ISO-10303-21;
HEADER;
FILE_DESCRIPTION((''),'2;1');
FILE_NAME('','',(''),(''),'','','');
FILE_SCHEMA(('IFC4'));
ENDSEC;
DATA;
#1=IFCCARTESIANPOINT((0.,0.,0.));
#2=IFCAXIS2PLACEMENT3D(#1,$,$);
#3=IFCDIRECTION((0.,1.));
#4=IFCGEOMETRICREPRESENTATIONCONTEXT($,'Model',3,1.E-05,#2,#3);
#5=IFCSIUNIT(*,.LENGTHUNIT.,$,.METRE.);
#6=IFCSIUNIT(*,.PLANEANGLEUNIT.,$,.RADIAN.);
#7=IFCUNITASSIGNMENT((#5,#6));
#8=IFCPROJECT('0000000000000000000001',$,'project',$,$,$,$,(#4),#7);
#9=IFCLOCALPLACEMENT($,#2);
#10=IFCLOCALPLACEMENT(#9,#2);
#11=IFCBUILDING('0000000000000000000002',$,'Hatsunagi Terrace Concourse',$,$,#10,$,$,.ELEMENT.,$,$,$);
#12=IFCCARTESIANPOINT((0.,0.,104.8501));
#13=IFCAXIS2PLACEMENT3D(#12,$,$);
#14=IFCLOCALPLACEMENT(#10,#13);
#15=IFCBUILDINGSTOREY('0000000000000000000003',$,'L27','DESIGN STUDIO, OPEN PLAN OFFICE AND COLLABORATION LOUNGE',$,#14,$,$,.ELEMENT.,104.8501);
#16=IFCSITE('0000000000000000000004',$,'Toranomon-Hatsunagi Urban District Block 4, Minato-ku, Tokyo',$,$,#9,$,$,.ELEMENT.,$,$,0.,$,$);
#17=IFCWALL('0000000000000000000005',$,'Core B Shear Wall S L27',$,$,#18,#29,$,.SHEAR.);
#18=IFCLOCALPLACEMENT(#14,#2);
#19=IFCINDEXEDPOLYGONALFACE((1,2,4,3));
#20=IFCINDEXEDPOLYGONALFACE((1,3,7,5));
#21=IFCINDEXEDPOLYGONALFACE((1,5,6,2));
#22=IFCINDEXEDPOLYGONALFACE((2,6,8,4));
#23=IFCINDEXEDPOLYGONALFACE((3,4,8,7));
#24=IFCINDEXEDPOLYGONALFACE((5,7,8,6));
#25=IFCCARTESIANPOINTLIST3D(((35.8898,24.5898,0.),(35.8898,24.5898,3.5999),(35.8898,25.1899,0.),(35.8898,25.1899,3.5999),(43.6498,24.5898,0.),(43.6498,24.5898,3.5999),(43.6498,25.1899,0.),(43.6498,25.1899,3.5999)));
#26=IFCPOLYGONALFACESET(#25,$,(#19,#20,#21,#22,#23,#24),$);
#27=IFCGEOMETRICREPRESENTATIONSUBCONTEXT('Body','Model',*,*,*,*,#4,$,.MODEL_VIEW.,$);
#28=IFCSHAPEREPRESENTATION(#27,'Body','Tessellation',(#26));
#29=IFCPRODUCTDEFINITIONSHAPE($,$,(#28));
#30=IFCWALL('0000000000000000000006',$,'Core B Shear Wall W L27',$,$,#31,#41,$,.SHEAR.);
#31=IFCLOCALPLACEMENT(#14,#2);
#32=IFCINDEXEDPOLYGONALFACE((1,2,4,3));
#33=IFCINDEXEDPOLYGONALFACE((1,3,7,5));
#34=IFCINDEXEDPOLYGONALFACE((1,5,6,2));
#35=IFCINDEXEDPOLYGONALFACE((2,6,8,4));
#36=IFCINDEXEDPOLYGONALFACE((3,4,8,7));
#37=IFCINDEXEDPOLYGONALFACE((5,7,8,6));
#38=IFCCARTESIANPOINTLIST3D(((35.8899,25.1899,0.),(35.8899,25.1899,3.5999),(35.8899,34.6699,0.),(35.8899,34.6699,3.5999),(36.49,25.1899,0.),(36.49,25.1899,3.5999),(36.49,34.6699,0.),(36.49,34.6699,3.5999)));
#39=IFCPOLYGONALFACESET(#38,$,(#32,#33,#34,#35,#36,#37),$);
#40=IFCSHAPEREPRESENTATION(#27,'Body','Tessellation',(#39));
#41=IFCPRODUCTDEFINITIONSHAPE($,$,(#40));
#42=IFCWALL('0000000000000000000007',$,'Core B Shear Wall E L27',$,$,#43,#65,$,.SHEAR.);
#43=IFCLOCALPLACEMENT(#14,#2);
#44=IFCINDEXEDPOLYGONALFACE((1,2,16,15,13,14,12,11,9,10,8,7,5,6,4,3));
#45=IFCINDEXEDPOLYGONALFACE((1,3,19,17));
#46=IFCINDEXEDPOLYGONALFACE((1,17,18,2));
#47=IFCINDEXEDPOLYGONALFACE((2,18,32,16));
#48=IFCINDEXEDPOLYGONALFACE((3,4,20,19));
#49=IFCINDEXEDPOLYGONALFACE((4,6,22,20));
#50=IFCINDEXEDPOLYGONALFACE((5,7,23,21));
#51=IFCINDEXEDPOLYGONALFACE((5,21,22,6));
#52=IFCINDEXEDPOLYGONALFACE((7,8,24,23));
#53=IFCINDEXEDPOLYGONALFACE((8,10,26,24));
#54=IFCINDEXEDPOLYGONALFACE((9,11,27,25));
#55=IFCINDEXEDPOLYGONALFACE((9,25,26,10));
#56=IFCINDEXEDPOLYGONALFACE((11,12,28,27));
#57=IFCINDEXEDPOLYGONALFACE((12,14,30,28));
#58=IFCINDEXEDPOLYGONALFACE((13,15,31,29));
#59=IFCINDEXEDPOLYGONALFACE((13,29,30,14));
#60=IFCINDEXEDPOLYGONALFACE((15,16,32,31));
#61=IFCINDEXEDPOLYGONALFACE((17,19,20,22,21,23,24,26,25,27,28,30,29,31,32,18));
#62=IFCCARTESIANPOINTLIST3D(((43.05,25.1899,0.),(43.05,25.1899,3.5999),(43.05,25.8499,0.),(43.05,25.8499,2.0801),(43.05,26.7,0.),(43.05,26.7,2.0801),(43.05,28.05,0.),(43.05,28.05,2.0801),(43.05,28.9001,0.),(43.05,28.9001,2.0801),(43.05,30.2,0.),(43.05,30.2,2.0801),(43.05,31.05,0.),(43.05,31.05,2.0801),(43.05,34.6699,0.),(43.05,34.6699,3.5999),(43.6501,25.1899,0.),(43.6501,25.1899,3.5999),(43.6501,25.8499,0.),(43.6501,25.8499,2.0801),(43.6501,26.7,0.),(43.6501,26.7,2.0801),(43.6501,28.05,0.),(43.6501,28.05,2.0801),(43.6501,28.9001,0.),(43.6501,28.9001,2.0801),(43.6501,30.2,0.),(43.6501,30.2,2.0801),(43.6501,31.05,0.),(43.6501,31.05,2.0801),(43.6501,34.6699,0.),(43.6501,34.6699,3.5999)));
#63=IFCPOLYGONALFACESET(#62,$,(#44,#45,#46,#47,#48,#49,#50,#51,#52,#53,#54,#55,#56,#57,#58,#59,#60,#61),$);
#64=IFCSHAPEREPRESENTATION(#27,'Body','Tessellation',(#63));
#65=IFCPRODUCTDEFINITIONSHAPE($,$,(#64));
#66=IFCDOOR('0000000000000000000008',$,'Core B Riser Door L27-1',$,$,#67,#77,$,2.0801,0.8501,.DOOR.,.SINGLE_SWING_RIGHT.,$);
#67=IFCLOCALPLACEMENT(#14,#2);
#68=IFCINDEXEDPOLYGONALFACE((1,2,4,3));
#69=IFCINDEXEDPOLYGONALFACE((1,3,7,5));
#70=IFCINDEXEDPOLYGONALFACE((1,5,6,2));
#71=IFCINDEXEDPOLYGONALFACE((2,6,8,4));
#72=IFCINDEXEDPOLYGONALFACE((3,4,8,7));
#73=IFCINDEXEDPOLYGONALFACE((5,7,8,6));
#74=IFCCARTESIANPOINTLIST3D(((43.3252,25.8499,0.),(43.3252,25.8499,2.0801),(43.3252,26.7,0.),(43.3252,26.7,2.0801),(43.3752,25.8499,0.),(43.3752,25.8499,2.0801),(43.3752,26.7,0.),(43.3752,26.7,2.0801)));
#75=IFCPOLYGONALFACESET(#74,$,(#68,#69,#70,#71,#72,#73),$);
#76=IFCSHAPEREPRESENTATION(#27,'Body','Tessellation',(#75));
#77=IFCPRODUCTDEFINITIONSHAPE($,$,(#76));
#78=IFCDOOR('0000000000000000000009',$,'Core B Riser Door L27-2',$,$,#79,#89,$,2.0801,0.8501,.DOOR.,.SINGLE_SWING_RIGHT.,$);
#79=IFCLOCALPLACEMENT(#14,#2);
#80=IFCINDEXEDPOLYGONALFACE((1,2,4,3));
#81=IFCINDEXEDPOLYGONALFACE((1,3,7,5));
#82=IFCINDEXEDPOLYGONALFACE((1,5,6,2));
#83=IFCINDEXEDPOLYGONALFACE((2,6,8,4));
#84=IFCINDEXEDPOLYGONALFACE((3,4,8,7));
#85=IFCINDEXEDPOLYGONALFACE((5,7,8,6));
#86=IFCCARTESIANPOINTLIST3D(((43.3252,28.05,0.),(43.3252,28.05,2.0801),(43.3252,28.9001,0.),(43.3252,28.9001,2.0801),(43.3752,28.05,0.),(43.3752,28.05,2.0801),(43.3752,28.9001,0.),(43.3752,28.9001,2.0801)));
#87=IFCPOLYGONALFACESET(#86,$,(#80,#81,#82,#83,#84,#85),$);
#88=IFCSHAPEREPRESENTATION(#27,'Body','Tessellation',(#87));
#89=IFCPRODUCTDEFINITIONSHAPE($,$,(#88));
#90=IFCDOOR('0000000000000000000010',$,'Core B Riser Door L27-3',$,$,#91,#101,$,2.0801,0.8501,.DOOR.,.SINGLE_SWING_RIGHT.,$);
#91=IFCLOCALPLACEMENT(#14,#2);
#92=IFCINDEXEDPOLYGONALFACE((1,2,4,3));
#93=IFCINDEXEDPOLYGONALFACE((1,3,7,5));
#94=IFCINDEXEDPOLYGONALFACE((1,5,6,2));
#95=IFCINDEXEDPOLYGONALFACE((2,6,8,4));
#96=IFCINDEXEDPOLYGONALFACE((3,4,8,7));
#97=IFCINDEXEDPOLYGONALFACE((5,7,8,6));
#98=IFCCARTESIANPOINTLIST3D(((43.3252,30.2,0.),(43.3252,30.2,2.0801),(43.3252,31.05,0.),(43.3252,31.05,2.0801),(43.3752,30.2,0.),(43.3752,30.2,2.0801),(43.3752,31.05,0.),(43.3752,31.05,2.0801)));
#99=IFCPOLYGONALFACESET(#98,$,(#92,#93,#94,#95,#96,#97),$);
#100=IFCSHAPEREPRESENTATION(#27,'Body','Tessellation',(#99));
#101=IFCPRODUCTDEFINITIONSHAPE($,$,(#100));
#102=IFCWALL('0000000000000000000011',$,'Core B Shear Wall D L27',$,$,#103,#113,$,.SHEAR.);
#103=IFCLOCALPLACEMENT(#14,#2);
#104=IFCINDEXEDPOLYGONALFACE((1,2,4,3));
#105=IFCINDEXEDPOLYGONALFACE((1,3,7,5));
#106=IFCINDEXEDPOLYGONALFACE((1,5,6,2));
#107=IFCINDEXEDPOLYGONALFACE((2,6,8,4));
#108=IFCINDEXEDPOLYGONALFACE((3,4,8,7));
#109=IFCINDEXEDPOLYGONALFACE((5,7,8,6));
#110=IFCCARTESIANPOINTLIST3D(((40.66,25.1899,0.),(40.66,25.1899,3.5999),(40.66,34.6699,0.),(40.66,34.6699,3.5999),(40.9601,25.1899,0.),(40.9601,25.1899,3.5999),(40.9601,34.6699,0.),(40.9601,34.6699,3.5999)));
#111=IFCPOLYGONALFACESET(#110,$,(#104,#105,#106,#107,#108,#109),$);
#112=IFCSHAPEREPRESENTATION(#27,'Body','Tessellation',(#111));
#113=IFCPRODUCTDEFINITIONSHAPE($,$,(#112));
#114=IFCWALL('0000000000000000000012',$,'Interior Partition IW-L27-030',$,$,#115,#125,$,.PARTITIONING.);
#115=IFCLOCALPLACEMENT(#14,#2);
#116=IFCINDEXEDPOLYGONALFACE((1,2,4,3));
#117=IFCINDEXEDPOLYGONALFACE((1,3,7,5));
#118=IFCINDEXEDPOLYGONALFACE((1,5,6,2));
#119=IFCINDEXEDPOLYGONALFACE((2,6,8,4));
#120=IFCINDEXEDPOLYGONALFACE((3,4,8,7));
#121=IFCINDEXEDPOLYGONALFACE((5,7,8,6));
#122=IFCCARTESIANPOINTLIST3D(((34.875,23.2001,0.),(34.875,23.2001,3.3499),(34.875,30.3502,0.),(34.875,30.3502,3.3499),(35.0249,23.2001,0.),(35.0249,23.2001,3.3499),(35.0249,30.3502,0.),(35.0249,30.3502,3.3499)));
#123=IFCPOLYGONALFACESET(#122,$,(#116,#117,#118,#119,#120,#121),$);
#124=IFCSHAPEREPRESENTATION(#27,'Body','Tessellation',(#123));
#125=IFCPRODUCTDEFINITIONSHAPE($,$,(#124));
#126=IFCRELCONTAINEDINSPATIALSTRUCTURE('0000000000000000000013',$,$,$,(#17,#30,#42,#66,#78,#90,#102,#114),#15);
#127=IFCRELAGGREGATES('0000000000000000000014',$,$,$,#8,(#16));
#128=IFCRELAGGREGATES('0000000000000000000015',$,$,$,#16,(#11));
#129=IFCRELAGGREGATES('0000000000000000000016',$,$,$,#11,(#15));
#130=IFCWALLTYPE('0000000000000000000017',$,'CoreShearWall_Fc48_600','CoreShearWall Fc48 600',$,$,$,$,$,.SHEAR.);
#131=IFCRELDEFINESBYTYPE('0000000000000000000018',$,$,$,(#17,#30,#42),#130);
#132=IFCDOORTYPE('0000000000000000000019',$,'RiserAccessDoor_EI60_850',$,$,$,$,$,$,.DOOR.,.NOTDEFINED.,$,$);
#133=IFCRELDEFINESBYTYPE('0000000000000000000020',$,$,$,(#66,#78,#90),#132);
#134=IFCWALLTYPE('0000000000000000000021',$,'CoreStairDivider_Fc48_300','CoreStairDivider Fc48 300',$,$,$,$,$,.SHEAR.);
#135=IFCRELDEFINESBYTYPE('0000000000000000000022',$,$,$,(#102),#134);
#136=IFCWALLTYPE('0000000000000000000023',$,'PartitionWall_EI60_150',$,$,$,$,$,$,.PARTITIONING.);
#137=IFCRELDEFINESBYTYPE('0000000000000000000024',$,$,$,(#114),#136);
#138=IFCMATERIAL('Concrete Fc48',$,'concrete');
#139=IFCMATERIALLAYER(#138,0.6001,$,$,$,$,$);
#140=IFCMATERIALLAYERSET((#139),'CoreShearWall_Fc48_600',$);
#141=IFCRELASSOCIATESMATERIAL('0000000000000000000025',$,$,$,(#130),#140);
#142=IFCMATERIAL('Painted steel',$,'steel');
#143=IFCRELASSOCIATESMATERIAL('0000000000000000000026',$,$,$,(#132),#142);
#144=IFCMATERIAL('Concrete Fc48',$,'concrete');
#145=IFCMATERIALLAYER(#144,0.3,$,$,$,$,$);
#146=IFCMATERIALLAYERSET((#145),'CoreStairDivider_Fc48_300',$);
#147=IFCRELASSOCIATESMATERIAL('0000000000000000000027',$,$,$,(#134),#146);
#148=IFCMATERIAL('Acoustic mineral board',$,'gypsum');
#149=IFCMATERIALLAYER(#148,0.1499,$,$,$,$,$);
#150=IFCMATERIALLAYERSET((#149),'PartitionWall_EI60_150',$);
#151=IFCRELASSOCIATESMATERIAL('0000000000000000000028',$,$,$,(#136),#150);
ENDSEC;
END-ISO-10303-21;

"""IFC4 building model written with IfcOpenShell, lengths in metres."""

from ifc_helpers import new_model, si_unit, direction, frame, frame_2d, origin, place, context, subcontext, project, spatial, rectangle, extrude, material, layer, layer_set, type_object, element, fill, save


model = new_model("IFC4")

# Units and contexts
model_context = context("Model", 3, precision=1e-05, world=origin(), true_north=direction((0.0, 1.0)))
body_context = subcontext(model_context, "Body", "Model", "MODEL_VIEW")
ifc_project = project(units=[si_unit("LENGTHUNIT", "METRE"), si_unit("PLANEANGLEUNIT", "RADIAN")], contexts=[model_context])

# Site, building, storey
site_placement = place(None, origin())
site = spatial("IfcSite", under=ifc_project, at=site_placement, Name="Toranomon-Hatsunagi Urban District Block 4, Minato-ku, Tokyo", CompositionType="ELEMENT", RefElevation=0.0)
building_placement = place(site_placement, origin())
building = spatial("IfcBuilding", under=site, at=building_placement, Name="Hatsunagi Terrace Concourse", CompositionType="ELEMENT")
storey_placement = place(building_placement, frame((0.0, 0.0, 104.8501)))
storey = spatial("IfcBuildingStorey", under=building, at=storey_placement, Name="L27", Description="DESIGN STUDIO, OPEN PLAN OFFICE AND COLLABORATION LOUNGE", CompositionType="ELEMENT", Elevation=104.8501)

# Walls
ifc_material_1 = material(Name="Concrete Fc48", Category="concrete")
ifc_layer_1 = layer(ifc_material_1, 0.6001)
ifc_layer_set_1 = layer_set([ifc_layer_1], Name="CoreShearWall_Fc48_600")
wall_type_1 = type_object("IfcWallType", Name="CoreShearWall_Fc48_600", Description="CoreShearWall Fc48 600", PredefinedType="SHEAR", material=ifc_layer_set_1)
wall_1_placement = place(storey_placement, frame((35.8899, 24.8899, 0.0), z_axis=(0.0, 0.0, 1.0), x_axis=(1.0, 0.0, 0.0)))
element("IfcWall", 1, at=wall_1_placement, inside=storey, type_object=wall_type_1, Name="Core B Shear Wall S L27", PredefinedType="SHEAR", context=body_context, shape_type="SweptSolid", body=[
    extrude(rectangle(XDim=7.76, YDim=0.6001, at=frame_2d((3.8799, 0.0))), origin(), (0.0, 0.0, 1.0), 3.5999),
])
wall_2_placement = place(storey_placement, frame((36.1899, 25.1899, 0.0), z_axis=(0.0, 0.0, 1.0), x_axis=(0.0, 1.0, 0.0)))
element("IfcWall", 2, at=wall_2_placement, inside=storey, type_object=wall_type_1, Name="Core B Shear Wall W L27", PredefinedType="SHEAR", context=body_context, shape_type="SweptSolid", body=[
    extrude(rectangle(XDim=9.48, YDim=0.6001, at=frame_2d((4.74, 0.0))), origin(), (0.0, 0.0, 1.0), 3.5999),
])

# Wall, openings, doors
wall_3_placement = place(storey_placement, frame((43.3501, 25.1899, 0.0), z_axis=(0.0, 0.0, 1.0), x_axis=(0.0, 1.0, 0.0)))
wall_3 = element("IfcWall", 3, at=wall_3_placement, inside=storey, type_object=wall_type_1, Name="Core B Shear Wall E L27", PredefinedType="SHEAR", context=body_context, shape_type="SweptSolid", body=[
    extrude(rectangle(XDim=9.48, YDim=0.6001, at=frame_2d((4.74, 0.0))), origin(), (0.0, 0.0, 1.0), 3.5999),
])
opening_1_placement = place(wall_3_placement, frame((0.6599, 0.0, 0.0)))
opening_1 = element("IfcOpeningElement", 4, at=opening_1_placement, cuts=wall_3, PredefinedType="OPENING", context=body_context, shape_type="SweptSolid", body=[
    extrude(rectangle(XDim=0.8501, YDim=2.0801, at=frame_2d((0.425, 1.04))), frame((0.0, 0.3101, 0.0), z_axis=(0.0, -1.0, 0.0), x_axis=(1.0, 0.0, 0.0)), (0.0, 0.0, 1.0), 0.6201),
])
opening_2_placement = place(wall_3_placement, frame((2.8601, 0.0, 0.0)))
opening_2 = element("IfcOpeningElement", 5, at=opening_2_placement, cuts=wall_3, PredefinedType="OPENING", context=body_context, shape_type="SweptSolid", body=[
    extrude(rectangle(XDim=0.8501, YDim=2.0801, at=frame_2d((0.425, 1.04))), frame((0.0, 0.3101, 0.0), z_axis=(0.0, -1.0, 0.0), x_axis=(1.0, 0.0, 0.0)), (0.0, 0.0, 1.0), 0.6201),
])
opening_3_placement = place(wall_3_placement, frame((5.01, 0.0, 0.0)))
opening_3 = element("IfcOpeningElement", 6, at=opening_3_placement, cuts=wall_3, PredefinedType="OPENING", context=body_context, shape_type="SweptSolid", body=[
    extrude(rectangle(XDim=0.8501, YDim=2.0801, at=frame_2d((0.425, 1.04))), frame((0.0, 0.3101, 0.0), z_axis=(0.0, -1.0, 0.0), x_axis=(1.0, 0.0, 0.0)), (0.0, 0.0, 1.0), 0.6201),
])
ifc_material_2 = material(Name="Painted steel", Category="steel")
door_type = type_object("IfcDoorType", Name="RiserAccessDoor_EI60_850", OperationType="NOTDEFINED", PredefinedType="DOOR", material=ifc_material_2)
door_1_placement = place(opening_1_placement, origin())
door_1 = element("IfcDoor", 7, at=door_1_placement, inside=storey, type_object=door_type, Name="Core B Riser Door L27-1", OperationType="SINGLE_SWING_RIGHT", OverallHeight=2.0801, OverallWidth=0.8501, PredefinedType="DOOR", context=body_context, shape_type="SweptSolid", body=[
    extrude(rectangle(XDim=0.8501, YDim=2.0801, at=frame_2d((0.425, 1.04))), frame((0.0, 0.0249, 0.0), z_axis=(0.0, -1.0, 0.0), x_axis=(1.0, 0.0, 0.0)), (0.0, 0.0, 1.0), 0.05),
])
fill(opening_1, door_1)
door_2_placement = place(opening_2_placement, origin())
door_2 = element("IfcDoor", 8, at=door_2_placement, inside=storey, type_object=door_type, Name="Core B Riser Door L27-2", OperationType="SINGLE_SWING_RIGHT", OverallHeight=2.0801, OverallWidth=0.8501, PredefinedType="DOOR", context=body_context, shape_type="SweptSolid", body=[
    extrude(rectangle(XDim=0.8501, YDim=2.0801, at=frame_2d((0.425, 1.04))), frame((0.0, 0.0249, 0.0), z_axis=(0.0, -1.0, 0.0), x_axis=(1.0, 0.0, 0.0)), (0.0, 0.0, 1.0), 0.05),
])
fill(opening_2, door_2)
door_3_placement = place(opening_3_placement, origin())
door_3 = element("IfcDoor", 9, at=door_3_placement, inside=storey, type_object=door_type, Name="Core B Riser Door L27-3", OperationType="SINGLE_SWING_RIGHT", OverallHeight=2.0801, OverallWidth=0.8501, PredefinedType="DOOR", context=body_context, shape_type="SweptSolid", body=[
    extrude(rectangle(XDim=0.8501, YDim=2.0801, at=frame_2d((0.425, 1.04))), frame((0.0, 0.0249, 0.0), z_axis=(0.0, -1.0, 0.0), x_axis=(1.0, 0.0, 0.0)), (0.0, 0.0, 1.0), 0.05),
])
fill(opening_3, door_3)

# Walls
ifc_material_3 = material(Name="Concrete Fc48", Category="concrete")
ifc_layer_2 = layer(ifc_material_3, 0.3)
ifc_layer_set_2 = layer_set([ifc_layer_2], Name="CoreStairDivider_Fc48_300")
wall_type_2 = type_object("IfcWallType", Name="CoreStairDivider_Fc48_300", Description="CoreStairDivider Fc48 300", PredefinedType="SHEAR", material=ifc_layer_set_2)
wall_4_placement = place(storey_placement, frame((40.8101, 25.1899, 0.0), z_axis=(0.0, 0.0, 1.0), x_axis=(0.0, 1.0, 0.0)))
element("IfcWall", 10, at=wall_4_placement, inside=storey, type_object=wall_type_2, Name="Core B Shear Wall D L27", PredefinedType="SHEAR", context=body_context, shape_type="SweptSolid", body=[
    extrude(rectangle(XDim=9.48, YDim=0.3, at=frame_2d((4.74, 0.0))), origin(), (0.0, 0.0, 1.0), 3.5999),
])
ifc_material_4 = material(Name="Acoustic mineral board", Category="gypsum")
ifc_layer_3 = layer(ifc_material_4, 0.1499)
ifc_layer_set_3 = layer_set([ifc_layer_3], Name="PartitionWall_EI60_150")
wall_type_3 = type_object("IfcWallType", Name="PartitionWall_EI60_150", PredefinedType="PARTITIONING", material=ifc_layer_set_3)
wall_5_placement = place(storey_placement, frame((34.95, 23.2, 0.0), z_axis=(0.0, 0.0, 1.0), x_axis=(0.0, 1.0, 0.0)))
element("IfcWall", 11, at=wall_5_placement, inside=storey, type_object=wall_type_3, Name="Interior Partition IW-L27-030", PredefinedType="PARTITIONING", context=body_context, shape_type="SweptSolid", body=[
    extrude(rectangle(XDim=7.1501, YDim=0.1499, at=frame_2d((3.5752, 0.0))), origin(), (0.0, 0.0, 1.0), 3.3499),
])

save(model, "model.ifc")
